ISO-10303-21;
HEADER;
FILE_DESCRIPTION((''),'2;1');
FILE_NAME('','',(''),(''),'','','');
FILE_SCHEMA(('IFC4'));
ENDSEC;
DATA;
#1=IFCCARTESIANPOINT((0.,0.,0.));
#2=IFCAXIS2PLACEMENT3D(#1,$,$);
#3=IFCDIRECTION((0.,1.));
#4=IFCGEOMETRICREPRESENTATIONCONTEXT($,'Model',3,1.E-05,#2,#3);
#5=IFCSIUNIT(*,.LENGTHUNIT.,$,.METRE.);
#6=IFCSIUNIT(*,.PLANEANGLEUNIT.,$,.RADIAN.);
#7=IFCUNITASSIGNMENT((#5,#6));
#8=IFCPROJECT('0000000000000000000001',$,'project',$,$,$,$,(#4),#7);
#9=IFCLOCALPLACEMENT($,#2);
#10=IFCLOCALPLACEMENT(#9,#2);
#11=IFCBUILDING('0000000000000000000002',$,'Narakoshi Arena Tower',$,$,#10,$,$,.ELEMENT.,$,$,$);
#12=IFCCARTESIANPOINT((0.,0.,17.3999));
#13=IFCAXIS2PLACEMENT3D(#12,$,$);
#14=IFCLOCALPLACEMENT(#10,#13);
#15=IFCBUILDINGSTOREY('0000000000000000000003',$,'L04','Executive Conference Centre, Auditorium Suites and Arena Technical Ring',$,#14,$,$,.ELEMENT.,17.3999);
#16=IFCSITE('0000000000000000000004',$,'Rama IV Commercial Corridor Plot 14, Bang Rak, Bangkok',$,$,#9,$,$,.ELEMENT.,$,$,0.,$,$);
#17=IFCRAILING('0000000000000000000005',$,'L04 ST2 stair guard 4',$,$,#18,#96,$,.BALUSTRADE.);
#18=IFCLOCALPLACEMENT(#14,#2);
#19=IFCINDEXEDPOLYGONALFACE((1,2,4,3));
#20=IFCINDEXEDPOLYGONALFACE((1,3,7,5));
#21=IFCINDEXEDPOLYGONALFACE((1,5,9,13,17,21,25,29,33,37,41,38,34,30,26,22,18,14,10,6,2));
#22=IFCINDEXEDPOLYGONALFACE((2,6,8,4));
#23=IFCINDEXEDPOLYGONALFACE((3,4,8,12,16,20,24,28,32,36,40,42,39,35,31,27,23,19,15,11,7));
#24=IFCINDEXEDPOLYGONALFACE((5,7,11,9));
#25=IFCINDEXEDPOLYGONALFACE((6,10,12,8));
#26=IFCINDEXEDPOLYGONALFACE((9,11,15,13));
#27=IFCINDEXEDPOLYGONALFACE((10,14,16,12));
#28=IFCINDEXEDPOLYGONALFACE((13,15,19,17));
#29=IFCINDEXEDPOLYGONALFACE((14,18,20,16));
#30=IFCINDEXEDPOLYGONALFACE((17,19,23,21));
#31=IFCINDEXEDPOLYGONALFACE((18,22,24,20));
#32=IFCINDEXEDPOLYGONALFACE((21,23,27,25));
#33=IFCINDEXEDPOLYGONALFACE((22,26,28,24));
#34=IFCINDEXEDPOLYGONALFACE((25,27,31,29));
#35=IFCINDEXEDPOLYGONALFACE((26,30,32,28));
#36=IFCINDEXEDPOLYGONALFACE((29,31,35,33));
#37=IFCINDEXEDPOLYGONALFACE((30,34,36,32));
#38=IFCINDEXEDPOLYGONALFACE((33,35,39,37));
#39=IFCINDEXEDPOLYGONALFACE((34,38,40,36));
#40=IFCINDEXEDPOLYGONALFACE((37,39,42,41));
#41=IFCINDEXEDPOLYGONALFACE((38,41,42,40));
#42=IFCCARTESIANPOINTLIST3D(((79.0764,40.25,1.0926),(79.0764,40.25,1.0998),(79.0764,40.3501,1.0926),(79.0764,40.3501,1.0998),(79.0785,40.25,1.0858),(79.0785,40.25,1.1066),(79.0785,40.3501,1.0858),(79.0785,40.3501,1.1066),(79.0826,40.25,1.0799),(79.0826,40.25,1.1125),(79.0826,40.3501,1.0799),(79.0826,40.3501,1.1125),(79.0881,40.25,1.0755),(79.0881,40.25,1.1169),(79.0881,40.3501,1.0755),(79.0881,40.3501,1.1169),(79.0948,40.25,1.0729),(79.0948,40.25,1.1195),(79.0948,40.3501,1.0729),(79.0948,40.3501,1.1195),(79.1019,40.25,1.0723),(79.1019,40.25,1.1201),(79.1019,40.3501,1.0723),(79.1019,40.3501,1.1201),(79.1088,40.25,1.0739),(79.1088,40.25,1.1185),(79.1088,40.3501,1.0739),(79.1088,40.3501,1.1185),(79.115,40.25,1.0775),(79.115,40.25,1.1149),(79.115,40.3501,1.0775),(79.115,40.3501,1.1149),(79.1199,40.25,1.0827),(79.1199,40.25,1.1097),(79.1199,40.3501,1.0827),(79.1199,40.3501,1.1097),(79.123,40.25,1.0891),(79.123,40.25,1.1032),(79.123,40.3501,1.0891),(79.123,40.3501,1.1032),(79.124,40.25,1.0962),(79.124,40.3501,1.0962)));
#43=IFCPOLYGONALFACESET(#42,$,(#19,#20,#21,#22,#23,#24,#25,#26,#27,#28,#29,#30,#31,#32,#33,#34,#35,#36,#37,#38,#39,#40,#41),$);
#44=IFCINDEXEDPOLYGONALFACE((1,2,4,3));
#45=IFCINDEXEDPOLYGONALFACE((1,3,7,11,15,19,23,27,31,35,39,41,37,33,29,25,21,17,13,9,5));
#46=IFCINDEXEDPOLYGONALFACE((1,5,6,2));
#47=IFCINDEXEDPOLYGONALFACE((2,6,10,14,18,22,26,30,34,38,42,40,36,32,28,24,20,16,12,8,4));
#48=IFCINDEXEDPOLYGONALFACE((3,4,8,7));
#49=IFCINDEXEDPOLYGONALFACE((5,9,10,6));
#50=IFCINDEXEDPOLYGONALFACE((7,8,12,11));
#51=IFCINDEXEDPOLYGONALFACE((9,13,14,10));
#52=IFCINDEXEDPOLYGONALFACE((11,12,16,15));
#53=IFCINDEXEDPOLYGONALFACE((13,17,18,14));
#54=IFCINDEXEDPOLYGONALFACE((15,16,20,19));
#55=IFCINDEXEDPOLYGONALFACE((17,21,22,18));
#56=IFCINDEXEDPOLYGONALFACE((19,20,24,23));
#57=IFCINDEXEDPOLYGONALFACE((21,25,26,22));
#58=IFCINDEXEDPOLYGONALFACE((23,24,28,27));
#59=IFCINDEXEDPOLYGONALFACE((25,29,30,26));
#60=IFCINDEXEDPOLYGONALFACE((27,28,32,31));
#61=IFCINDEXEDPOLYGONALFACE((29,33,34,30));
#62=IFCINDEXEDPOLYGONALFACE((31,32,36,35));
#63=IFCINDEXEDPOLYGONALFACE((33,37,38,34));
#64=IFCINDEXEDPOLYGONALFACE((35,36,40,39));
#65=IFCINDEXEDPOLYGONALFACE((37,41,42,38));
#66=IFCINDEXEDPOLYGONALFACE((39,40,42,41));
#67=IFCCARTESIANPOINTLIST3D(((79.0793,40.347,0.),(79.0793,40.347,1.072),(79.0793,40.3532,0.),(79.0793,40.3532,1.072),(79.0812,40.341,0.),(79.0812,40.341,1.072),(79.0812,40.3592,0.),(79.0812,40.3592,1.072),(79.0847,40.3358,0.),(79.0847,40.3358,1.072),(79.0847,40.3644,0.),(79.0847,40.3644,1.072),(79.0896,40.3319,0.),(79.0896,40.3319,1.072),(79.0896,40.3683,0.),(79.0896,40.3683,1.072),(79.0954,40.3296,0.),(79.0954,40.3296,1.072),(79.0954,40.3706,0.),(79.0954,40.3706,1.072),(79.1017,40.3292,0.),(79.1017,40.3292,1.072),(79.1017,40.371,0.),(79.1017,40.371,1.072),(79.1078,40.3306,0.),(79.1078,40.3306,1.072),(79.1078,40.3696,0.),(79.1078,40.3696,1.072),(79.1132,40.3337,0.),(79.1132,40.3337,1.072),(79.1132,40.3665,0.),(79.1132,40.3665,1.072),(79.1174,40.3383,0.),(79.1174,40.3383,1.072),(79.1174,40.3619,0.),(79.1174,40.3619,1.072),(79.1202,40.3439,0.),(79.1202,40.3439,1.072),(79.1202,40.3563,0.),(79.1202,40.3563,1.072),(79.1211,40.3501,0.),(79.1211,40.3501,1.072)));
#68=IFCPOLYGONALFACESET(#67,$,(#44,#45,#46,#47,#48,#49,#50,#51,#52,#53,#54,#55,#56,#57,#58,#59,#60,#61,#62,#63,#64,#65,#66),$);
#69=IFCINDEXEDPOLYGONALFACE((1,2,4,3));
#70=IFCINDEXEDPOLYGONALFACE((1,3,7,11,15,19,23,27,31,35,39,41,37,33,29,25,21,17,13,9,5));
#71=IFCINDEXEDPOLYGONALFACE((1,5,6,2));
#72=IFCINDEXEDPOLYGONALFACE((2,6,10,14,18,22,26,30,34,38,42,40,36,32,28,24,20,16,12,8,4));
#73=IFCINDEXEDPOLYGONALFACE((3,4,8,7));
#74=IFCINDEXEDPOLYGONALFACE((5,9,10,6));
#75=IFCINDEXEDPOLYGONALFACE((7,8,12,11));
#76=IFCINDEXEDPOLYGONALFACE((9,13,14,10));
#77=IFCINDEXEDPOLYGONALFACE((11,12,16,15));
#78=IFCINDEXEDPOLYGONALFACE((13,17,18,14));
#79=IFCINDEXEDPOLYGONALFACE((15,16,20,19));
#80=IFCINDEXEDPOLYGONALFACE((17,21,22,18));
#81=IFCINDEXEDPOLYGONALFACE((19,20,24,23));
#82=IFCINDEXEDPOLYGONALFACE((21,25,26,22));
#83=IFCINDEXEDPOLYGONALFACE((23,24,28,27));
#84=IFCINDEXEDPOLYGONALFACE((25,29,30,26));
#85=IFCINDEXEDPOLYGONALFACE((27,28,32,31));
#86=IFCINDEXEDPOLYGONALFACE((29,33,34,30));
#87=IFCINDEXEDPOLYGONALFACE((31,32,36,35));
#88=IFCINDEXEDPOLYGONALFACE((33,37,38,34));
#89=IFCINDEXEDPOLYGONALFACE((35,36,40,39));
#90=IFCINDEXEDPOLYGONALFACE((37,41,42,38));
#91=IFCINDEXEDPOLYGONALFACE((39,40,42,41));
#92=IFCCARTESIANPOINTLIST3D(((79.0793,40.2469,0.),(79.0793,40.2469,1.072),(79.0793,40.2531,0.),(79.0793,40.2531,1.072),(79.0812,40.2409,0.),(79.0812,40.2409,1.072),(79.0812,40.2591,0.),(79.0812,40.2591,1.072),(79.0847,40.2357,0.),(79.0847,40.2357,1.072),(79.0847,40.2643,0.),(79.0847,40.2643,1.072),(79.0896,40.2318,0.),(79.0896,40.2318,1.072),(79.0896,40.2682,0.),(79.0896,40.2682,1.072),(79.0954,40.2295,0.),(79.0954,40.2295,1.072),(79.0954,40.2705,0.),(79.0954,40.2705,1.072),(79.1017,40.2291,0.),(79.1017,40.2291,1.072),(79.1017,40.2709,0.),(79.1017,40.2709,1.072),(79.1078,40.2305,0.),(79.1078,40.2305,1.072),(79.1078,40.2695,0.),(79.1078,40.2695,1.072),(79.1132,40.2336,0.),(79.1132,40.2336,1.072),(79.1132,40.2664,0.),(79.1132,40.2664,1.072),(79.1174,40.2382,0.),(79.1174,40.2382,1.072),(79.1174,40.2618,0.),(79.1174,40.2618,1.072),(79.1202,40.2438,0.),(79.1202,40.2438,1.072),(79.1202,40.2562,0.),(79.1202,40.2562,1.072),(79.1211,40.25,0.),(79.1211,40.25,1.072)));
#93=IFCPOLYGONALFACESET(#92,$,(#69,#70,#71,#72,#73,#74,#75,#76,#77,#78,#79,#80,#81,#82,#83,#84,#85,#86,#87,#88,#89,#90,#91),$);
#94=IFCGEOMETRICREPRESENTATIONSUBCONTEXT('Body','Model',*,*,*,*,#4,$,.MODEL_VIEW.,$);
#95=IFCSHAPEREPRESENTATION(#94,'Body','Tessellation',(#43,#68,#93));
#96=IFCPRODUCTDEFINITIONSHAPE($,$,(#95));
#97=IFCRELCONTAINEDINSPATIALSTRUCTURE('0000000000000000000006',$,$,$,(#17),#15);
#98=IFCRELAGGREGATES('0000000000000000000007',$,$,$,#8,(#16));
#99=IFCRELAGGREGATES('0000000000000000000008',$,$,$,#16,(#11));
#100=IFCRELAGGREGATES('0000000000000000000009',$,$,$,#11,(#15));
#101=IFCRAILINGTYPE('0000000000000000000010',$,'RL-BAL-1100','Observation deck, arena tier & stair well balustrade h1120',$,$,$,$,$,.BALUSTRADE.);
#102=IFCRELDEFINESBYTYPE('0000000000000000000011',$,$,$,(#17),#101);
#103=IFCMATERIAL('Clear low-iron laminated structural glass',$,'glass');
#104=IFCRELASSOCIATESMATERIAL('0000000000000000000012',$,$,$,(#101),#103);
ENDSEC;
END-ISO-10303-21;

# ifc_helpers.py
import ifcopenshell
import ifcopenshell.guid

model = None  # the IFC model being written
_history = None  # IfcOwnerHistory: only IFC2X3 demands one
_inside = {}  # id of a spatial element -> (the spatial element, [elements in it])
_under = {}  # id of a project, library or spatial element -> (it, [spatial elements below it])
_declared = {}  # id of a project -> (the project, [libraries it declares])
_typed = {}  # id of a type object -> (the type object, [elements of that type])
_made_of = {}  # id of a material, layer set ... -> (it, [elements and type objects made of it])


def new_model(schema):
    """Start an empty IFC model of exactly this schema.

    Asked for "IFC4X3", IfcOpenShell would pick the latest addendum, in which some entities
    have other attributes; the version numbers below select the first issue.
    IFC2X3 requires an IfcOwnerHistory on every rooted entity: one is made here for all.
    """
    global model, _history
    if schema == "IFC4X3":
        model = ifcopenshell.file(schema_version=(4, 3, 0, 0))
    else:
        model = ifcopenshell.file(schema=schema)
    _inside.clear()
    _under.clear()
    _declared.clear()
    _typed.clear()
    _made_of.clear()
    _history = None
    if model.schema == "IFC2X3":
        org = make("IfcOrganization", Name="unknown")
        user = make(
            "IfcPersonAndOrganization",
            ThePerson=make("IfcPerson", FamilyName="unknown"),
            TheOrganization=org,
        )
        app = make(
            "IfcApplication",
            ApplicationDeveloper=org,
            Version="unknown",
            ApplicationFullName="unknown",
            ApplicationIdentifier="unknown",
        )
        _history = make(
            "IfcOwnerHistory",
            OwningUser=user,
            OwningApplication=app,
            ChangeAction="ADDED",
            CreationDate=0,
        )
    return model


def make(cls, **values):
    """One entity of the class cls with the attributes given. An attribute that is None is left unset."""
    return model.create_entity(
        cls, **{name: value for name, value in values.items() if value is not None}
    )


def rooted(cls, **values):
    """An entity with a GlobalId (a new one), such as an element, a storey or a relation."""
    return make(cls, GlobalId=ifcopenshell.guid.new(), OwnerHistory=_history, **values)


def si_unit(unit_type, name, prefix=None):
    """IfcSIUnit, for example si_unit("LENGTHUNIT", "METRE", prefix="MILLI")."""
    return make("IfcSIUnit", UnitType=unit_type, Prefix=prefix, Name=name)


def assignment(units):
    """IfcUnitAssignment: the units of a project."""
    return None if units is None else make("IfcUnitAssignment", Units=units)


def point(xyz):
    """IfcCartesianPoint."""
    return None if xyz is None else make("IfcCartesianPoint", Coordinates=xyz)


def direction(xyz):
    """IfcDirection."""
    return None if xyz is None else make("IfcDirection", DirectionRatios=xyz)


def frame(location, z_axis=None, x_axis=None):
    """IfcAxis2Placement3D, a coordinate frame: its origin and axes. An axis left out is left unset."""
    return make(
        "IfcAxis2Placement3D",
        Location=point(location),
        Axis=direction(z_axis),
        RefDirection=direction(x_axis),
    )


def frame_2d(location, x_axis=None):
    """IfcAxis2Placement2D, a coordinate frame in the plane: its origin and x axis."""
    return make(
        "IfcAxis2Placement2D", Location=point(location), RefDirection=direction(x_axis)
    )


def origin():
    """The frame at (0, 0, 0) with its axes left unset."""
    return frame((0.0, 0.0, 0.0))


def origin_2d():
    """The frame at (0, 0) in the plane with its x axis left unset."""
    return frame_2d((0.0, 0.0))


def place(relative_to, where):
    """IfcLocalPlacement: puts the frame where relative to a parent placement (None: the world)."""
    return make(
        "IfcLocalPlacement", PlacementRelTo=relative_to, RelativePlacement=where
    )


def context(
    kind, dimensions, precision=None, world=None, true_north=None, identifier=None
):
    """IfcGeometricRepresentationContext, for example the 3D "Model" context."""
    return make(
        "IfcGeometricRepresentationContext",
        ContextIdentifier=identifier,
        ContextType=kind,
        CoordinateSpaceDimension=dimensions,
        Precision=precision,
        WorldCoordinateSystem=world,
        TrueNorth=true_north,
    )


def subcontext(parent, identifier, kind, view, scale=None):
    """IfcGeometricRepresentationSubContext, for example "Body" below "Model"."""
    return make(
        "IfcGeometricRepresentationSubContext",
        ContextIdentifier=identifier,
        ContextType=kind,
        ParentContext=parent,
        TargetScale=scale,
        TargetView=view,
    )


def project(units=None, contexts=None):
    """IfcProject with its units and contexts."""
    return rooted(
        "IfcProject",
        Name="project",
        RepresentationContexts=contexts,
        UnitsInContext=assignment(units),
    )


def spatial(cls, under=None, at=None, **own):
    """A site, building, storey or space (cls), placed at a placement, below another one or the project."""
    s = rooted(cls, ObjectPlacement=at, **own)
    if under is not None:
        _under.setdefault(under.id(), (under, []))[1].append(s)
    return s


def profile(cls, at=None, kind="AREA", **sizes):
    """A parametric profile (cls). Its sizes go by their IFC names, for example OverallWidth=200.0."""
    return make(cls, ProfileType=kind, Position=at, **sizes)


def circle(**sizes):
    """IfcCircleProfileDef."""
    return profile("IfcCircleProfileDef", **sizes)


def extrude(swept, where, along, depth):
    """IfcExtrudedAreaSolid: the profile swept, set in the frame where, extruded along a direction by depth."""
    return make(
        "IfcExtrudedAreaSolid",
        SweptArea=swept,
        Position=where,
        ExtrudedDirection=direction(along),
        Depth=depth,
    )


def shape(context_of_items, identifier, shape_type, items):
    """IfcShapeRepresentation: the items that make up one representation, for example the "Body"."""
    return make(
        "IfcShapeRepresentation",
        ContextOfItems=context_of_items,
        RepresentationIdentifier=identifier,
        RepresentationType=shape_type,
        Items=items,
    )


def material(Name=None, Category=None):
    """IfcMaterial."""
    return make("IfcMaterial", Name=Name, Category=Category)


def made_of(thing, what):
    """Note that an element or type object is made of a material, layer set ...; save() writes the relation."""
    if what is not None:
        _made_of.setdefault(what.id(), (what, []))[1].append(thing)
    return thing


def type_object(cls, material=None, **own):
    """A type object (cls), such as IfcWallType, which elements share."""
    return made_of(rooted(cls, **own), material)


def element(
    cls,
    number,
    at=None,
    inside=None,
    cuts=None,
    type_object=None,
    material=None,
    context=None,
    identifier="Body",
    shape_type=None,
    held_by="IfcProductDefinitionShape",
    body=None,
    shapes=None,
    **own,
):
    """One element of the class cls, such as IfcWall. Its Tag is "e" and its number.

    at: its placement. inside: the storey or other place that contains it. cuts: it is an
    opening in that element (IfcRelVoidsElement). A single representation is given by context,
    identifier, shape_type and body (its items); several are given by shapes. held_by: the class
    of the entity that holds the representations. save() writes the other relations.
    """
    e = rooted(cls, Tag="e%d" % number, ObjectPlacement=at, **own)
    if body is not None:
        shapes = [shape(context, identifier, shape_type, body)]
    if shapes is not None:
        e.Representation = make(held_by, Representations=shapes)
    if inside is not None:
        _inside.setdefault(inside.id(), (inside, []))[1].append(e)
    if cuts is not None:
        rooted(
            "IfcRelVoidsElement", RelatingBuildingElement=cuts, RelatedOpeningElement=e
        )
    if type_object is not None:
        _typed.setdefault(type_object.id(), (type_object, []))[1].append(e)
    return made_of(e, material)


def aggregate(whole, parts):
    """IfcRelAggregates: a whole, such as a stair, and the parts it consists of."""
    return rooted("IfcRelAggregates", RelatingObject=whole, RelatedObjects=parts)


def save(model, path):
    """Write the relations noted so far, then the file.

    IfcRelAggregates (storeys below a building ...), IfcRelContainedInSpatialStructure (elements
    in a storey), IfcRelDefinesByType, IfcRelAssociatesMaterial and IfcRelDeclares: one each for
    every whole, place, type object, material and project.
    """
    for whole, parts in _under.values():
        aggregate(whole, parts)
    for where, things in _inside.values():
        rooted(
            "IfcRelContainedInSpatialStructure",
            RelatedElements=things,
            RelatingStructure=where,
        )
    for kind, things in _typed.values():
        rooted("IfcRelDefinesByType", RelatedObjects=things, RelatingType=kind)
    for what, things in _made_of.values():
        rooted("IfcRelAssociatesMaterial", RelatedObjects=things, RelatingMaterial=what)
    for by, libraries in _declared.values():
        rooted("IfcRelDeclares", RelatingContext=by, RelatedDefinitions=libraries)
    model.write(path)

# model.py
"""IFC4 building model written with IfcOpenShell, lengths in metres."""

from ifc_helpers import new_model, si_unit, direction, frame, origin, origin_2d, place, context, subcontext, project, spatial, circle, extrude, material, type_object, element, save


model = new_model("IFC4")

# Units and contexts
model_context = context("Model", 3, precision=1e-05, world=origin(), true_north=direction((0.0, 1.0)))
body_context = subcontext(model_context, "Body", "Model", "MODEL_VIEW")
ifc_project = project(units=[si_unit("LENGTHUNIT", "METRE"), si_unit("PLANEANGLEUNIT", "RADIAN")], contexts=[model_context])

# Site, building, storey
site_placement = place(None, origin())
site = spatial("IfcSite", under=ifc_project, at=site_placement, Name="Rama IV Commercial Corridor Plot 14, Bang Rak, Bangkok", CompositionType="ELEMENT", RefElevation=0.0)
building_placement = place(site_placement, origin())
building = spatial("IfcBuilding", under=site, at=building_placement, Name="Narakoshi Arena Tower", CompositionType="ELEMENT")
storey_placement = place(building_placement, frame((0.0, 0.0, 17.3999)))
storey = spatial("IfcBuildingStorey", under=building, at=storey_placement, Name="L04", Description="Executive Conference Centre, Auditorium Suites and Arena Technical Ring", CompositionType="ELEMENT", Elevation=17.3999)

# Railing
ifc_material_1 = material(Name="Clear low-iron laminated structural glass", Category="glass")
railing_type_1 = type_object("IfcRailingType", Name="RL-BAL-1100", Description="Observation deck, arena tier & stair well balustrade h1120", PredefinedType="BALUSTRADE", material=ifc_material_1)
railing_1_placement = place(storey_placement, frame((79.1001, 40.3501, 0.0)))
element("IfcRailing", 1, at=railing_1_placement, inside=storey, type_object=railing_type_1, Name="L04 ST2 stair guard 4", PredefinedType="BALUSTRADE", context=body_context, shape_type="SweptSolid", body=[
    extrude(circle(Radius=0.0239, at=origin_2d()), frame((0.0, 0.0, 1.0962), z_axis=(0.0, -1.0, 0.0), x_axis=(1.0, 0.0, 0.0)), (0.0, 0.0, 1.0), 0.1001),
    extrude(circle(Radius=0.021, at=origin_2d()), origin(), (0.0, 0.0, 1.0), 1.072),
    extrude(circle(Radius=0.021, at=origin_2d()), frame((0.0, -0.1001, 0.0)), (0.0, 0.0, 1.0), 1.072),
])

save(model, "model.ifc")
